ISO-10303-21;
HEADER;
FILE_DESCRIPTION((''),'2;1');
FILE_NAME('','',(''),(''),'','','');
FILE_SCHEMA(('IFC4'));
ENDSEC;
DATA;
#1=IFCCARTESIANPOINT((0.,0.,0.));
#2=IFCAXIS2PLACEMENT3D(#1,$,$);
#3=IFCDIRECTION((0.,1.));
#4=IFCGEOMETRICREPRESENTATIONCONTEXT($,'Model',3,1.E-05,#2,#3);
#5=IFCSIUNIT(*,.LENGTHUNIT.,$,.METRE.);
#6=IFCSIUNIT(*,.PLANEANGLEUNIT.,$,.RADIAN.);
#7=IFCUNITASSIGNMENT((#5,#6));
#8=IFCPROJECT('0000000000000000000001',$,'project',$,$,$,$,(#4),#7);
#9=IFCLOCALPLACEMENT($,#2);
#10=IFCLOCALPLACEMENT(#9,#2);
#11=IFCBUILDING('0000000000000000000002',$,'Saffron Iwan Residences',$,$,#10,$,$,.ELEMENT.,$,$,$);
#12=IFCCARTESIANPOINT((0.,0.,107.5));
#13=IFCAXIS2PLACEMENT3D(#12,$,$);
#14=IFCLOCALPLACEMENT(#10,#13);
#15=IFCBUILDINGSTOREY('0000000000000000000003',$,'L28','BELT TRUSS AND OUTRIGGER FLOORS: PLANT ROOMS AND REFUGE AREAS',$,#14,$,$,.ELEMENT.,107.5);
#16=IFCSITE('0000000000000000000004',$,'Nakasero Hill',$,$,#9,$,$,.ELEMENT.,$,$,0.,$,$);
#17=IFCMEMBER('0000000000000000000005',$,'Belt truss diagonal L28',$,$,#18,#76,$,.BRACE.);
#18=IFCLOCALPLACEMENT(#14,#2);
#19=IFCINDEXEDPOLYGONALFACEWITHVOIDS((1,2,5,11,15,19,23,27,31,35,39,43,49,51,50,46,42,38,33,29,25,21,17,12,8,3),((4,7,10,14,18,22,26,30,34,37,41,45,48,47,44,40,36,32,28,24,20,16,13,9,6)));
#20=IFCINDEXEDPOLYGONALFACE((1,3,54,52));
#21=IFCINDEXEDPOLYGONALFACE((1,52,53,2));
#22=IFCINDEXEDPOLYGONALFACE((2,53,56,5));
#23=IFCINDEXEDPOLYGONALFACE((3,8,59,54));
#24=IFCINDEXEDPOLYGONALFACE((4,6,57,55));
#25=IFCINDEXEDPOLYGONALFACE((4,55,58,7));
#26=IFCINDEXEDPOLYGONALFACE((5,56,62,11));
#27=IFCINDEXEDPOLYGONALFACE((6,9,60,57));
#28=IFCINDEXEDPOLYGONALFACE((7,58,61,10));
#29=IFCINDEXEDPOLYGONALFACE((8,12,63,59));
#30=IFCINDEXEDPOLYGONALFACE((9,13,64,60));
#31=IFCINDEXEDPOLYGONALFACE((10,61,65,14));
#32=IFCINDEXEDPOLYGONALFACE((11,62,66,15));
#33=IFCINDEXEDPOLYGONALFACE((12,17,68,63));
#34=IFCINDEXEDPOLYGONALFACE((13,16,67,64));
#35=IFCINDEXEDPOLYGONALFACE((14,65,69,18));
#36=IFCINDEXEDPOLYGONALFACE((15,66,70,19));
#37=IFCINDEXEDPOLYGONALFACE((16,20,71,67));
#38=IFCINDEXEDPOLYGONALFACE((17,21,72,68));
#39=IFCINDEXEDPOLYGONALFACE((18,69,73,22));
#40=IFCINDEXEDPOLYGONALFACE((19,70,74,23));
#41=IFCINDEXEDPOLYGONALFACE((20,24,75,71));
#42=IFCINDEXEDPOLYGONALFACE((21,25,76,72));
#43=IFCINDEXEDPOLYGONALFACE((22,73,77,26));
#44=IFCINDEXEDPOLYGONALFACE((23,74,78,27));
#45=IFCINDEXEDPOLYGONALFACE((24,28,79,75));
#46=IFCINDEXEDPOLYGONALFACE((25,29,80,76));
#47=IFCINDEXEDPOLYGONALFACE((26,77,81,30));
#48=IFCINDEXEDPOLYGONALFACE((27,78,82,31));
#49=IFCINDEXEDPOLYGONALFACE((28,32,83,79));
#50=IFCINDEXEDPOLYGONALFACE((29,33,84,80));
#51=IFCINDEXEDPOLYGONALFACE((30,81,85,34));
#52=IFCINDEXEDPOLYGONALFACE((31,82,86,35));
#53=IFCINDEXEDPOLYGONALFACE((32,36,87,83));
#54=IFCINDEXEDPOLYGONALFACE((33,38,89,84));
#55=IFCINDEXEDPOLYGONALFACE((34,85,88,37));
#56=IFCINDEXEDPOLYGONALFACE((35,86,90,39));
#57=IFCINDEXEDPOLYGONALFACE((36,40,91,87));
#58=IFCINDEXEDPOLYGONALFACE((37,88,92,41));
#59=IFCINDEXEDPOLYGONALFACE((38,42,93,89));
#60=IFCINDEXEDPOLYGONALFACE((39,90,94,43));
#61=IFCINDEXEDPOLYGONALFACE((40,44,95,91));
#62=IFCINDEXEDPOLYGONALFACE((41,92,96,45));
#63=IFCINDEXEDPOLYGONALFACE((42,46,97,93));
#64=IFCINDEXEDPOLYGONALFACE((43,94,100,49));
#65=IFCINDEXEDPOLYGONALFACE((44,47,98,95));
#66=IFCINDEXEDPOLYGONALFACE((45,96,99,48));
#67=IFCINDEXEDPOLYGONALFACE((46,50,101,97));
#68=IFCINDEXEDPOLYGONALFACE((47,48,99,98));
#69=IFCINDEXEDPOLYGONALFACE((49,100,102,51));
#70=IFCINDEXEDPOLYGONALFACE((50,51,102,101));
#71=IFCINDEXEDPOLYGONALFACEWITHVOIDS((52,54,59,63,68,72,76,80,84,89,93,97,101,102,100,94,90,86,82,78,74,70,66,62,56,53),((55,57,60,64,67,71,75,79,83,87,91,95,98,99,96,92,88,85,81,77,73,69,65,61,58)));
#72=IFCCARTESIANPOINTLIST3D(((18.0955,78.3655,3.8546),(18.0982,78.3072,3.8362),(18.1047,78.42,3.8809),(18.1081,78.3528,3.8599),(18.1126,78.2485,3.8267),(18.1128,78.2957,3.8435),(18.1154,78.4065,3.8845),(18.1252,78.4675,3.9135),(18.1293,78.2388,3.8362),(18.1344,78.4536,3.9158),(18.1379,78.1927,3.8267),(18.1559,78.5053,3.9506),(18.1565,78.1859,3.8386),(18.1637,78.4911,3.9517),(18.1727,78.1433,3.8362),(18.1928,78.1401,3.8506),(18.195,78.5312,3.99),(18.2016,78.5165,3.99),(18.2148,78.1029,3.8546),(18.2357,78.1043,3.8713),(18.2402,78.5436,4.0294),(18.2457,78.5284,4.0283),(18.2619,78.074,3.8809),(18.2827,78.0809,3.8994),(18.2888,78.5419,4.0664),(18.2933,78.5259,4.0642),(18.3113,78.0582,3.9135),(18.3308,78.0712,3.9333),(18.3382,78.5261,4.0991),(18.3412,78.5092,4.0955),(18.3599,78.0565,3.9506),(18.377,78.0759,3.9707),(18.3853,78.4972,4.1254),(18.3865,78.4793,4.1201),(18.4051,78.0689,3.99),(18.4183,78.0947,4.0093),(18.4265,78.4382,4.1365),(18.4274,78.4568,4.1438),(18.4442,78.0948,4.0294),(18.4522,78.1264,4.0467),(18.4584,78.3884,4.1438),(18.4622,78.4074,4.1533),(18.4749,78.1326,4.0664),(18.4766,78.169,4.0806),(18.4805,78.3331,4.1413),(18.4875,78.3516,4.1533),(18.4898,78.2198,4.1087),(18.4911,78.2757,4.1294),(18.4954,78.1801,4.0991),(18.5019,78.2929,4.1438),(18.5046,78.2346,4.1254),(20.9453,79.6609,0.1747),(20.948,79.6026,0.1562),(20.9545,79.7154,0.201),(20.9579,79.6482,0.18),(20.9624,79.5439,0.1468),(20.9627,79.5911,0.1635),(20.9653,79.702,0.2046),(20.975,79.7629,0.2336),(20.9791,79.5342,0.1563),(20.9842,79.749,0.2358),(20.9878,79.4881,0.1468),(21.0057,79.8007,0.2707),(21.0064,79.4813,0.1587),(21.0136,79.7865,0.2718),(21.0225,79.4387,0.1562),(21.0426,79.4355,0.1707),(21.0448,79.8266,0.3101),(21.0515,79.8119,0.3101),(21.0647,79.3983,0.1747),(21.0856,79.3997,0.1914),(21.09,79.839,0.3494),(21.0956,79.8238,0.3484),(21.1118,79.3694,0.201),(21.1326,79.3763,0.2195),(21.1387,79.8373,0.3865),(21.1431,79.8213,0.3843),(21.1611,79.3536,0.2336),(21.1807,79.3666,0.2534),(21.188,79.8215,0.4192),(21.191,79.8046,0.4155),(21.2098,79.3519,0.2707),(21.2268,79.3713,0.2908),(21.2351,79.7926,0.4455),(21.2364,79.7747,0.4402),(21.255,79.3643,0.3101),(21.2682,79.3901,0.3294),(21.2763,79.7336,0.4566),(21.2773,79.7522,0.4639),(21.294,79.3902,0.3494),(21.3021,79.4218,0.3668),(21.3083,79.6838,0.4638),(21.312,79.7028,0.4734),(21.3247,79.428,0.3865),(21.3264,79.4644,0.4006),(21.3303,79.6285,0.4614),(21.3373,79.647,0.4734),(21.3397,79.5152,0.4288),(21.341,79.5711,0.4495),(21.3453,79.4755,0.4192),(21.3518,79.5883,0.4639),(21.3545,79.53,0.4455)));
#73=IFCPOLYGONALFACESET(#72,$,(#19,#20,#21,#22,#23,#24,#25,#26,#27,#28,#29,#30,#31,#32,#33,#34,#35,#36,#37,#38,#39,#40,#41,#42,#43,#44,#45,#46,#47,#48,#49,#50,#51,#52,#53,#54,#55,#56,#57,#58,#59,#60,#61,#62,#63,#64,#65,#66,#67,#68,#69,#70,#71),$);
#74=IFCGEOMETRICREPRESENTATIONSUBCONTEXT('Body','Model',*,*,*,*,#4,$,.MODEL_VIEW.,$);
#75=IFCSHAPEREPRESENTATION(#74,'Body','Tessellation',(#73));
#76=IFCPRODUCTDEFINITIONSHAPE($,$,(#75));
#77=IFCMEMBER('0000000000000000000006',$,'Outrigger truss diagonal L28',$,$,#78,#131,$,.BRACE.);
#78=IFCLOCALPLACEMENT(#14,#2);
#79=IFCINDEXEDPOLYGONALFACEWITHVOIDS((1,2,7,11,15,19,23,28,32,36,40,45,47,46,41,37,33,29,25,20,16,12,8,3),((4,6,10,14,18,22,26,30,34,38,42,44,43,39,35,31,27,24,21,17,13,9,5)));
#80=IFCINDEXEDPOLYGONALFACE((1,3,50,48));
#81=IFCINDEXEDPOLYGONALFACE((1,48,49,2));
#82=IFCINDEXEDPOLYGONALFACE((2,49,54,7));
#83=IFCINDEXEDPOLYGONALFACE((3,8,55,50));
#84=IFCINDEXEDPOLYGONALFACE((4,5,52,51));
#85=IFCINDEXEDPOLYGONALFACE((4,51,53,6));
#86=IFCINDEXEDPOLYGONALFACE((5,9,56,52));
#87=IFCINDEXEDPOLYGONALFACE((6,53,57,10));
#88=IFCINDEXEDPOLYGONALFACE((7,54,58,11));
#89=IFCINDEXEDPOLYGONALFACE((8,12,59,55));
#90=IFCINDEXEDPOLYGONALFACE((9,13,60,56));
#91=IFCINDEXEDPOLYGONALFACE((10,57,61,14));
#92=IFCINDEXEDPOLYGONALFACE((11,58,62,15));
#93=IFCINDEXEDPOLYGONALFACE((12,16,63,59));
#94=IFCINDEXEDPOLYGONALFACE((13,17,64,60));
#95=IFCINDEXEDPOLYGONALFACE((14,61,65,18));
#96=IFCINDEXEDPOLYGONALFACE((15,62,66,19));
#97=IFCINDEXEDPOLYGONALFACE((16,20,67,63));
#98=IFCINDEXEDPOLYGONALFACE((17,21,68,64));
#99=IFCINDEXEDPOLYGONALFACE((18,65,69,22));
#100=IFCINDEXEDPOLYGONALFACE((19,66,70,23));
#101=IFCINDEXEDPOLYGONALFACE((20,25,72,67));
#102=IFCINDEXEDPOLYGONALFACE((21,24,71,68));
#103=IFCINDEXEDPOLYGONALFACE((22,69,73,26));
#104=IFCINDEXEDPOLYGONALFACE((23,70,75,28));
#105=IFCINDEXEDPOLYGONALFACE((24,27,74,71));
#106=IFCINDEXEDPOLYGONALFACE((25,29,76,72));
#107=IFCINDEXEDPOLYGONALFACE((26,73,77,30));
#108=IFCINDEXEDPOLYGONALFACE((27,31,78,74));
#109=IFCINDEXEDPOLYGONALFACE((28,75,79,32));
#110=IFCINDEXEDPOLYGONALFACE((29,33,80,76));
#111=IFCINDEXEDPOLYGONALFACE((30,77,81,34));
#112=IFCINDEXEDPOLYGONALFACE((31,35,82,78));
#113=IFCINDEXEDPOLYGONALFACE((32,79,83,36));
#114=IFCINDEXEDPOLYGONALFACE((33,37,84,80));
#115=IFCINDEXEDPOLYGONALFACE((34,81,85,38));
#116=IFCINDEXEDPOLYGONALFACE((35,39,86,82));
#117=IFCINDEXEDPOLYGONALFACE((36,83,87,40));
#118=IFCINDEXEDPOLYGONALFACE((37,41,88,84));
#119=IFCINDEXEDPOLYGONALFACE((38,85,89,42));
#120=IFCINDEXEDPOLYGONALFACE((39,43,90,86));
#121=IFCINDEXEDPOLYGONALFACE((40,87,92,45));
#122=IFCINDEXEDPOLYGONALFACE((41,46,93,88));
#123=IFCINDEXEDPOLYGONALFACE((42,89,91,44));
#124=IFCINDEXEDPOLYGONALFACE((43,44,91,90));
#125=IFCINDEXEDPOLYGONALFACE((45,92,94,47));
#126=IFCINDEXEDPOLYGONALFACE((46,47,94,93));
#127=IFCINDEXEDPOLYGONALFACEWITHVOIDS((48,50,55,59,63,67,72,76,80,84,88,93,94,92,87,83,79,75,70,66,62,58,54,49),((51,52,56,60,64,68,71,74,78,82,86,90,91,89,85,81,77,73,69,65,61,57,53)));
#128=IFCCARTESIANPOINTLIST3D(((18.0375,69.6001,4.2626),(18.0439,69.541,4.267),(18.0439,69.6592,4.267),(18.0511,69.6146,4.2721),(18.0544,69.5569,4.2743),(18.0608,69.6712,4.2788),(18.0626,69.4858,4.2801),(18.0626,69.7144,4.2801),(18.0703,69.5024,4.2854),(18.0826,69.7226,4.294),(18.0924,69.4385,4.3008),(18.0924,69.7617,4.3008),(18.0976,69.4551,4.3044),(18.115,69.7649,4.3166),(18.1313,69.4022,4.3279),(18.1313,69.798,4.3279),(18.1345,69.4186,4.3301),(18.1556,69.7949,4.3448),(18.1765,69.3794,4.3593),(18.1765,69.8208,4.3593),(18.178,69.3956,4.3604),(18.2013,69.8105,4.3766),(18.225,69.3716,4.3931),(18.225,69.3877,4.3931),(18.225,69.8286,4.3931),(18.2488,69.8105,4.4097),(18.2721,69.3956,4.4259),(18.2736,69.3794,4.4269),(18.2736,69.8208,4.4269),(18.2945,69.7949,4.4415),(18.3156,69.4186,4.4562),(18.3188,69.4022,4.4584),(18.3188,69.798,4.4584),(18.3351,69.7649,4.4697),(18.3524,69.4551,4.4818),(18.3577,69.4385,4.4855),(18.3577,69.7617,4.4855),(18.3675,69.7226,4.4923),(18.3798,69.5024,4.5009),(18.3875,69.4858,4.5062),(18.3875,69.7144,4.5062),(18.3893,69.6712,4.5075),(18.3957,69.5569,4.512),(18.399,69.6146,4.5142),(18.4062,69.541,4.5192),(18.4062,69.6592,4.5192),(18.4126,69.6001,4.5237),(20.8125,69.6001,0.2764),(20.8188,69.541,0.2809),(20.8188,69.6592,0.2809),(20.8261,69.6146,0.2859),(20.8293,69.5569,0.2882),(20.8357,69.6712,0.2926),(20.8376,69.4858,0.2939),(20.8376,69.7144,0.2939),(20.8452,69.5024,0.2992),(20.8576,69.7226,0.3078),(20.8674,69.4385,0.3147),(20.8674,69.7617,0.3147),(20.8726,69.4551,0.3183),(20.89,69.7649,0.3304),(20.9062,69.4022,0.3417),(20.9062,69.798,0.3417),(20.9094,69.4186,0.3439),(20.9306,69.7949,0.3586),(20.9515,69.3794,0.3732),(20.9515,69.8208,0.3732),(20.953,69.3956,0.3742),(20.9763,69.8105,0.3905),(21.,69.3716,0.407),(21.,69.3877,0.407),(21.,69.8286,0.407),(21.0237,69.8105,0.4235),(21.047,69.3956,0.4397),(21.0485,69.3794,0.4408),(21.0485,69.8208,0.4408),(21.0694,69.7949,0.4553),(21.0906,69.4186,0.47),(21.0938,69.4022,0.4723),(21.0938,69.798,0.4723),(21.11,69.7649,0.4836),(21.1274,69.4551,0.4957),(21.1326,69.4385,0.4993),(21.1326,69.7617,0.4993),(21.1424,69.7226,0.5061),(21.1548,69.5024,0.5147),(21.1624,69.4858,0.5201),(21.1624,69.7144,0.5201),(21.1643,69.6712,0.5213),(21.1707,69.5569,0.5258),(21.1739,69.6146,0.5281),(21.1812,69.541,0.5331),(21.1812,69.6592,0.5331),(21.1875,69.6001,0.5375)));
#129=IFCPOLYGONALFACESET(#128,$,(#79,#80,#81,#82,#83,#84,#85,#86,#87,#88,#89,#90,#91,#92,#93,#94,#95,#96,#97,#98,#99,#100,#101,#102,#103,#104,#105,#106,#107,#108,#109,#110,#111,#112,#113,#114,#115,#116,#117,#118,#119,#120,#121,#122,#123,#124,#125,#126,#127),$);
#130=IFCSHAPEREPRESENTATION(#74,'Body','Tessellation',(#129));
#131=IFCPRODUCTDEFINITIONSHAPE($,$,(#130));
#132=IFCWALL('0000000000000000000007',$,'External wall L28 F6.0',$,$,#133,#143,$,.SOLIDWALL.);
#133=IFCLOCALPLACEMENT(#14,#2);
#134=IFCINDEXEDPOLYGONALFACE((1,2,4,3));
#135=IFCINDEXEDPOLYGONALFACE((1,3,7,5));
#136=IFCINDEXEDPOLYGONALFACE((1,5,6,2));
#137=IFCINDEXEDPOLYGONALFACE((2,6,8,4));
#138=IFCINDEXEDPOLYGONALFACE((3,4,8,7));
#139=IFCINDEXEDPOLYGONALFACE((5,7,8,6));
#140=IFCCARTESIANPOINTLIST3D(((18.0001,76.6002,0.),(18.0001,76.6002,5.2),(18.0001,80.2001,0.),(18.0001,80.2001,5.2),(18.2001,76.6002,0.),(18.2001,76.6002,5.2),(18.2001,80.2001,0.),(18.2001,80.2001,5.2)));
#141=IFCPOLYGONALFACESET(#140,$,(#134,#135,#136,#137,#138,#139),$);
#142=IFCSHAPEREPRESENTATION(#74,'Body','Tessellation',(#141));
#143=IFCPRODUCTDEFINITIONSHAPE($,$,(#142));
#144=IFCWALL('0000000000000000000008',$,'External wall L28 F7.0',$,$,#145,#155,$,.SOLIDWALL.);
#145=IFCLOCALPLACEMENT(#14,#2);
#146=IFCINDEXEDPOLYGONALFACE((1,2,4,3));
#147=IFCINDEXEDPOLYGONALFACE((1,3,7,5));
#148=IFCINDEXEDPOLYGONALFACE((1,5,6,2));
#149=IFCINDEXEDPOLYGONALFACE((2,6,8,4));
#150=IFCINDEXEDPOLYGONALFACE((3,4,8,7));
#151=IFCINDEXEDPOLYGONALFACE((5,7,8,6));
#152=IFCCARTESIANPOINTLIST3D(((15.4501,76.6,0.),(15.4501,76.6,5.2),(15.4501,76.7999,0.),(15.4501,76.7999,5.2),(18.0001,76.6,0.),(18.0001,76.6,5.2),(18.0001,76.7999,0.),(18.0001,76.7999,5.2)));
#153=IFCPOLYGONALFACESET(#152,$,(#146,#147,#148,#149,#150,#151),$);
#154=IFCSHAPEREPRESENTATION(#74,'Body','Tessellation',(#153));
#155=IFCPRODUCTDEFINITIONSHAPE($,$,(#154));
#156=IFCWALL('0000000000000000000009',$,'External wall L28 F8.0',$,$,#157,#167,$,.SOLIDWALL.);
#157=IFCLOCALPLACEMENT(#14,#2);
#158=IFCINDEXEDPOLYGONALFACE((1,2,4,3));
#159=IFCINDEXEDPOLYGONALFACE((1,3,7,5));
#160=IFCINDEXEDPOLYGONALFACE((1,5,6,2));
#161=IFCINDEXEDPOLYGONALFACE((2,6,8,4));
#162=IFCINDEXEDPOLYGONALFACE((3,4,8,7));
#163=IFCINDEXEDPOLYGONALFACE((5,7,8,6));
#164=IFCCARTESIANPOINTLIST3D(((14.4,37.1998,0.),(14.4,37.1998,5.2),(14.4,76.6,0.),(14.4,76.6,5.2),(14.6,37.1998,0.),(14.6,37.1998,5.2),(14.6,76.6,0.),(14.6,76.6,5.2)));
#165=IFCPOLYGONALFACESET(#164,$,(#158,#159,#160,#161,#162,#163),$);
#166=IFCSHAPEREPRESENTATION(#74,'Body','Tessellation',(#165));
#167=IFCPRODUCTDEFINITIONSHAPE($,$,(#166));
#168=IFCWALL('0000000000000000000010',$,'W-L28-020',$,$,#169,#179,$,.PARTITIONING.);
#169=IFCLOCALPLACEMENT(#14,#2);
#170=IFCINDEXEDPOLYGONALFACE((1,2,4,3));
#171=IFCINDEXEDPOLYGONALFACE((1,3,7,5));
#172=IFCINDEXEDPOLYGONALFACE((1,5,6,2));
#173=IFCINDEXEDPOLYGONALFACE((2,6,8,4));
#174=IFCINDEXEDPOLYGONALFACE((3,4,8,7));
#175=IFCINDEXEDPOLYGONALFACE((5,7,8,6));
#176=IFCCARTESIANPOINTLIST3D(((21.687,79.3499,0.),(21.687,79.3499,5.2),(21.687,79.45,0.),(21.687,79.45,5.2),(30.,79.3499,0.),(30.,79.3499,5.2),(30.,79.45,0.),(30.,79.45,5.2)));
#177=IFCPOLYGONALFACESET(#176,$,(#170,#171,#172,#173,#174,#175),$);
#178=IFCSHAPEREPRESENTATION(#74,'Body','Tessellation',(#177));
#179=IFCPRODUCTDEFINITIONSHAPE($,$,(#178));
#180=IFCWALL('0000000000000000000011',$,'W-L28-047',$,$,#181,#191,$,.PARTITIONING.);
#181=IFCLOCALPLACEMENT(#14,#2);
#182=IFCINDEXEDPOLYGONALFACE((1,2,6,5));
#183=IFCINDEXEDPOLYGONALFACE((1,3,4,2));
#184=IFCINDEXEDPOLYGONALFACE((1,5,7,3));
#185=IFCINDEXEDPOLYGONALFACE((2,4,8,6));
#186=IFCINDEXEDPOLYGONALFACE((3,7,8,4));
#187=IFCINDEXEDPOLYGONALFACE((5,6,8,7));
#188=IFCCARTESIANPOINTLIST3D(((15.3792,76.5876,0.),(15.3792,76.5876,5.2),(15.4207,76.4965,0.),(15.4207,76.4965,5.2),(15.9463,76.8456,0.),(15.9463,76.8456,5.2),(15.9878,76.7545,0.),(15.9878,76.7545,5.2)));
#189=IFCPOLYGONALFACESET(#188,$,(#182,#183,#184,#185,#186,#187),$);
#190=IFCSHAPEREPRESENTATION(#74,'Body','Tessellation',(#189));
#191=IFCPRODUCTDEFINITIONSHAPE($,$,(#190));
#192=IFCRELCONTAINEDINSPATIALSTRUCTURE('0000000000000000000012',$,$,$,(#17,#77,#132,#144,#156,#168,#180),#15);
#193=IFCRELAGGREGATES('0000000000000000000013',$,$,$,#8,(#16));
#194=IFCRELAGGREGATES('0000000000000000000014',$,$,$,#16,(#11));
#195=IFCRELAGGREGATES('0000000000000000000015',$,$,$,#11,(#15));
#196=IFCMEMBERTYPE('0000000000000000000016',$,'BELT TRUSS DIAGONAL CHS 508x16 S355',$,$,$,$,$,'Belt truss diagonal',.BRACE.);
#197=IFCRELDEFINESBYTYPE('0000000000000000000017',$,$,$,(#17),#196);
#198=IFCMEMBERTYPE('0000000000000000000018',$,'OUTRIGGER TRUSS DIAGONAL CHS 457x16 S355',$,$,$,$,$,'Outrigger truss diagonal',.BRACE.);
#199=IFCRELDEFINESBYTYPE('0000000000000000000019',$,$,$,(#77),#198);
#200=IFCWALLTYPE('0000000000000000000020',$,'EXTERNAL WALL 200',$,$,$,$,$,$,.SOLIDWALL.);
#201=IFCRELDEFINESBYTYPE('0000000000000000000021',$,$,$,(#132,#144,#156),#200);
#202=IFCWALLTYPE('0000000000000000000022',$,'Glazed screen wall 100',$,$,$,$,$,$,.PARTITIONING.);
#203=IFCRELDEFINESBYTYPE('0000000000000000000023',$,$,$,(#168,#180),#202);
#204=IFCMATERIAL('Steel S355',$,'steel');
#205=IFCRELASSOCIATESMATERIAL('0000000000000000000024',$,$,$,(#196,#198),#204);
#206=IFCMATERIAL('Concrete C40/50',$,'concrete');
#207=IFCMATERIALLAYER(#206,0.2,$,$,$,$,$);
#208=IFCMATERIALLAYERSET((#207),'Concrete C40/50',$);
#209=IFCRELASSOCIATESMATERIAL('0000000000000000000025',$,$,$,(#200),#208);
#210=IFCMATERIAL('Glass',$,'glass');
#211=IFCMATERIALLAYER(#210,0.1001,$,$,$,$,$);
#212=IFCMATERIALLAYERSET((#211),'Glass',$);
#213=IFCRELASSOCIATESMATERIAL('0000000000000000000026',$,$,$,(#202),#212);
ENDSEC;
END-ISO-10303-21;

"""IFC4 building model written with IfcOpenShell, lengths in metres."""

from ifc_helpers import new_model, si_unit, direction, frame, frame_2d, origin, origin_2d, place, context, subcontext, project, spatial, rectangle, hollow_circle, extrude, source, transform, mapped, material, layer, layer_set, material_profile, profile_set, type_object, element, save


model = new_model("IFC4")

# Units and contexts
model_context = context("Model", 3, precision=1e-05, world=origin(), true_north=direction((0.0, 1.0)))
body_context = subcontext(model_context, "Body", "Model", "MODEL_VIEW")
ifc_project = project(units=[si_unit("LENGTHUNIT", "METRE"), si_unit("PLANEANGLEUNIT", "RADIAN")], contexts=[model_context])

# Site, building, storey
site_placement = place(None, origin())
site = spatial("IfcSite", under=ifc_project, at=site_placement, Name="Nakasero Hill", CompositionType="ELEMENT", RefElevation=0.0)
building_placement = place(site_placement, origin())
building = spatial("IfcBuilding", under=site, at=building_placement, Name="Saffron Iwan Residences", CompositionType="ELEMENT")
storey_placement = place(building_placement, frame((0.0, 0.0, 107.5)))
storey = spatial("IfcBuildingStorey", under=building, at=storey_placement, Name="L28", Description="BELT TRUSS AND OUTRIGGER FLOORS: PLANT ROOMS AND REFUGE AREAS", CompositionType="ELEMENT", Elevation=107.5)

# Members
ifc_material_1 = material(Name="Steel S355", Category="steel")
ifc_material_profile_1 = material_profile(ifc_material_1, hollow_circle(Radius=0.2539, WallThickness=0.0161, at=origin_2d()), Name="CHS 508x16")
ifc_profile_set_1 = profile_set([ifc_material_profile_1], Name="Steel S355")
member_type_1 = type_object("IfcMemberType", Name="BELT TRUSS DIAGONAL CHS 508x16 S355", ElementType="Belt truss diagonal", PredefinedType="BRACE", material=ifc_profile_set_1)
shared_shape_1 = source(origin(), body_context, "Body", "SweptSolid", [
    extrude(hollow_circle(Radius=0.2539, WallThickness=0.0161, at=origin_2d()), origin(), (0.0, 0.0, 1.0), 4.8313),
])
member_1_placement = place(storey_placement, frame((18.3, 78.3, 3.99), z_axis=(0.589871, 0.268128, -0.761683), x_axis=(-0.413809, 0.910364, 0.0)))
element("IfcMember", 1, at=member_1_placement, inside=storey, type_object=member_type_1, Name="Belt truss diagonal L28", PredefinedType="BRACE", context=body_context, shape_type="MappedRepresentation", body=[
    mapped(shared_shape_1, transform((0.0, 0.0, 0.0))),
])
ifc_material_profile_2 = material_profile(ifc_material_1, hollow_circle(Radius=0.2285, WallThickness=0.0161, at=origin_2d()), Name="CHS 457x16")
ifc_profile_set_2 = profile_set([ifc_material_profile_2], Name="Steel S355")
member_type_2 = type_object("IfcMemberType", Name="OUTRIGGER TRUSS DIAGONAL CHS 457x16 S355", ElementType="Outrigger truss diagonal", PredefinedType="BRACE", material=ifc_profile_set_2)
shared_shape_2 = source(origin(), body_context, "Body", "SweptSolid", [
    extrude(hollow_circle(Radius=0.2285, WallThickness=0.0161, at=origin_2d()), origin(), (0.0, 0.0, 1.0), 4.8569),
])
member_2_placement = place(storey_placement, frame((21.0, 69.6001, 0.407), z_axis=(-0.571338, 0.0, 0.820715), x_axis=(0.0, -1.0, 0.0)))
element("IfcMember", 2, at=member_2_placement, inside=storey, type_object=member_type_2, Name="Outrigger truss diagonal L28", PredefinedType="BRACE", context=body_context, shape_type="MappedRepresentation", body=[
    mapped(shared_shape_2, transform((0.0, 0.0, 0.0))),
])

# Walls
ifc_material_2 = material(Name="Concrete C40/50", Category="concrete")
ifc_layer_1 = layer(ifc_material_2, 0.2)
ifc_layer_set_1 = layer_set([ifc_layer_1], Name="Concrete C40/50")
wall_type_1 = type_object("IfcWallType", Name="EXTERNAL WALL 200", PredefinedType="SOLIDWALL", material=ifc_layer_set_1)
wall_1_placement = place(storey_placement, frame((18.1001, 80.2, 0.0), z_axis=(0.0, 0.0, 1.0), x_axis=(0.0, -1.0, 0.0)))
element("IfcWall", 3, at=wall_1_placement, inside=storey, type_object=wall_type_1, Name="External wall L28 F6.0", PredefinedType="SOLIDWALL", context=body_context, shape_type="SweptSolid", body=[
    extrude(rectangle(XDim=3.5999, YDim=0.2, at=frame_2d((1.7998, 0.0))), origin(), (0.0, 0.0, 1.0), 5.2),
])
wall_2_placement = place(storey_placement, frame((18.0, 76.7, 0.0), z_axis=(0.0, 0.0, 1.0), x_axis=(-1.0, 0.0, 0.0)))
element("IfcWall", 4, at=wall_2_placement, inside=storey, type_object=wall_type_1, Name="External wall L28 F7.0", PredefinedType="SOLIDWALL", context=body_context, shape_type="SweptSolid", body=[
    extrude(rectangle(XDim=2.55, YDim=0.2, at=frame_2d((1.2749, 0.0))), origin(), (0.0, 0.0, 1.0), 5.2),
])
wall_3_placement = place(storey_placement, frame((14.5, 76.6001, 0.0), z_axis=(0.0, 0.0, 1.0), x_axis=(0.0, -1.0, 0.0)))
element("IfcWall", 5, at=wall_3_placement, inside=storey, type_object=wall_type_1, Name="External wall L28 F8.0", PredefinedType="SOLIDWALL", context=body_context, shape_type="SweptSolid", body=[
    extrude(rectangle(XDim=39.4001, YDim=0.2, at=frame_2d((19.7002, 0.0))), origin(), (0.0, 0.0, 1.0), 5.2),
])
ifc_material_3 = material(Name="Glass", Category="glass")
ifc_layer_2 = layer(ifc_material_3, 0.1001)
ifc_layer_set_2 = layer_set([ifc_layer_2], Name="Glass")
wall_type_2 = type_object("IfcWallType", Name="Glazed screen wall 100", PredefinedType="PARTITIONING", material=ifc_layer_set_2)
wall_4_placement = place(storey_placement, frame((21.687, 79.3999, 0.0), z_axis=(0.0, 0.0, 1.0), x_axis=(1.0, 0.0, 0.0)))
element("IfcWall", 6, at=wall_4_placement, inside=storey, type_object=wall_type_2, Name="W-L28-020", PredefinedType="PARTITIONING", context=body_context, shape_type="SweptSolid", body=[
    extrude(rectangle(XDim=8.313, YDim=0.1001, at=frame_2d((4.1565, 0.0))), origin(), (0.0, 0.0, 1.0), 5.2),
])
wall_5_placement = place(storey_placement, frame((15.967, 76.8, 0.0), z_axis=(0.0, 0.0, 1.0), x_axis=(-0.910205, -0.414157, 0.0)))
element("IfcWall", 7, at=wall_5_placement, inside=storey, type_object=wall_type_2, Name="W-L28-047", PredefinedType="PARTITIONING", context=body_context, shape_type="SweptSolid", body=[
    extrude(rectangle(XDim=0.623, YDim=0.1001, at=frame_2d((0.3115, 0.0))), origin(), (0.0, 0.0, 1.0), 5.2),
])

save(model, "model.ifc")
